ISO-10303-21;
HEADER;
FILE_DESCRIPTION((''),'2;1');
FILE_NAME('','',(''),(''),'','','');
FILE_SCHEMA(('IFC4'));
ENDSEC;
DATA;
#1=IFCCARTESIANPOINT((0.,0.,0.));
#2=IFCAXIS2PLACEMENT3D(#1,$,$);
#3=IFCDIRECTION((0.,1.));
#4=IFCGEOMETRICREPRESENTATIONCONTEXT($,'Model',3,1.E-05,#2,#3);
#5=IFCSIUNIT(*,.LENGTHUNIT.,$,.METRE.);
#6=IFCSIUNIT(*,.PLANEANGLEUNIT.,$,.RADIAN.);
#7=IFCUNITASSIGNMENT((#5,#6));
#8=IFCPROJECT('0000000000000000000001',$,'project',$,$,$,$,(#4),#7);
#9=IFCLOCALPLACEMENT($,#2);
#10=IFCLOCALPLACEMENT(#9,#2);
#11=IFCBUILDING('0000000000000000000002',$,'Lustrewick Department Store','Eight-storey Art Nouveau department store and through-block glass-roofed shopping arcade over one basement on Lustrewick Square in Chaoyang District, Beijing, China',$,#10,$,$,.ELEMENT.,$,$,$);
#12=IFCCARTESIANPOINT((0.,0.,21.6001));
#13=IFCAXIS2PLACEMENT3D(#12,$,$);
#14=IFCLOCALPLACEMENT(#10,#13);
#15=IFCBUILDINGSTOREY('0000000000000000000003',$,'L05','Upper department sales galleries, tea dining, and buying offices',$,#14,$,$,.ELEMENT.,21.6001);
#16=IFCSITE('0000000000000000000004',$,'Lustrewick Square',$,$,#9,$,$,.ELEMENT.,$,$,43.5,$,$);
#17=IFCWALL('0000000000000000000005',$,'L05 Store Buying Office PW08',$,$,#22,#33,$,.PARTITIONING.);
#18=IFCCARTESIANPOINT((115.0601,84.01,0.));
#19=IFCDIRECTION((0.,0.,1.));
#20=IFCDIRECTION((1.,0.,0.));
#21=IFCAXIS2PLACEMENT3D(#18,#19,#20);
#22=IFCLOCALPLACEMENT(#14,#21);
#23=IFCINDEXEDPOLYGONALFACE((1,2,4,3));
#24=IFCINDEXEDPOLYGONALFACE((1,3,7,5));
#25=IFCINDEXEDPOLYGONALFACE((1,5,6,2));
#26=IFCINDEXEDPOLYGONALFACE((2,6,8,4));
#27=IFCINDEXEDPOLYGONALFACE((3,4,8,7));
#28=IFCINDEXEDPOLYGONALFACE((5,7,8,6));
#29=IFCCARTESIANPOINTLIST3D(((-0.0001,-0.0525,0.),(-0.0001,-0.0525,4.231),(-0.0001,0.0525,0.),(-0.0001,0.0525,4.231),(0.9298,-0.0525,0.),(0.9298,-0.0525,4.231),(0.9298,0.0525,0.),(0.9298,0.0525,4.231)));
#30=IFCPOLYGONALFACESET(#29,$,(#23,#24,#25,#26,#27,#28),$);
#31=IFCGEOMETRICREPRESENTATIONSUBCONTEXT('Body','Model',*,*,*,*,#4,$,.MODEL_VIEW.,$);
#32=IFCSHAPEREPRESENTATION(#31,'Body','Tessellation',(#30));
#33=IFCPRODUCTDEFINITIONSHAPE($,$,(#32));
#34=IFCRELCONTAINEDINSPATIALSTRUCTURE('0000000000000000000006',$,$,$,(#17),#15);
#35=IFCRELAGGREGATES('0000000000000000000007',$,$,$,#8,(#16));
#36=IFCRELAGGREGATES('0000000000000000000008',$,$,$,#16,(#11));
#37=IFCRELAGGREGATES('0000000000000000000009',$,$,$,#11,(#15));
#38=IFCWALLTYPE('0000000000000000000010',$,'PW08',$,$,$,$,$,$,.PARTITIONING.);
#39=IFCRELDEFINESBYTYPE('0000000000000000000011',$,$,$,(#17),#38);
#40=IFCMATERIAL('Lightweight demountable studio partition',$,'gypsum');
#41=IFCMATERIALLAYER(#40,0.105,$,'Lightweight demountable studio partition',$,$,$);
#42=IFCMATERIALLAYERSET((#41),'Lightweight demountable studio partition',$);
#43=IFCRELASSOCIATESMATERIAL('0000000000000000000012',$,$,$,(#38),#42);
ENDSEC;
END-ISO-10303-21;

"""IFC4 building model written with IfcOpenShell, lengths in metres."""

from ifc_helpers import new_model, si_unit, direction, frame, frame_2d, origin, place, context, subcontext, project, spatial, rectangle, extrude, material, layer, layer_set, type_object, element, save


model = new_model("IFC4")

# Units and contexts
model_context = context("Model", 3, precision=1e-05, world=origin(), true_north=direction((0.0, 1.0)))
body_context = subcontext(model_context, "Body", "Model", "MODEL_VIEW")
ifc_project = project(units=[si_unit("LENGTHUNIT", "METRE"), si_unit("PLANEANGLEUNIT", "RADIAN")], contexts=[model_context])

# Site, building, storey
site_placement = place(None, origin())
site = spatial("IfcSite", under=ifc_project, at=site_placement, Name="Lustrewick Square", CompositionType="ELEMENT", RefElevation=43.5)
building_placement = place(site_placement, origin())
building = spatial("IfcBuilding", under=site, at=building_placement, Name="Lustrewick Department Store", Description="Eight-storey Art Nouveau department store and through-block glass-roofed shopping arcade over one basement on Lustrewick Square in Chaoyang District, Beijing, China", CompositionType="ELEMENT")
storey_placement = place(building_placement, frame((0.0, 0.0, 21.6001)))
storey = spatial("IfcBuildingStorey", under=building, at=storey_placement, Name="L05", Description="Upper department sales galleries, tea dining, and buying offices", CompositionType="ELEMENT", Elevation=21.6001)

# Wall
ifc_material_1 = material(Name="Lightweight demountable studio partition", Category="gypsum")
ifc_layer_1 = layer(ifc_material_1, 0.105, Name="Lightweight demountable studio partition")
ifc_layer_set_1 = layer_set([ifc_layer_1], Name="Lightweight demountable studio partition")
wall_type_1 = type_object("IfcWallType", Name="PW08", PredefinedType="PARTITIONING", material=ifc_layer_set_1)
wall_1_placement = place(storey_placement, frame((115.0601, 84.01, 0.0), z_axis=(0.0, 0.0, 1.0), x_axis=(1.0, 0.0, 0.0)))
element("IfcWall", 1, at=wall_1_placement, inside=storey, type_object=wall_type_1, Name="L05 Store Buying Office PW08", PredefinedType="PARTITIONING", context=body_context, shape_type="SweptSolid", body=[
    extrude(rectangle(XDim=0.9299, YDim=0.105, at=frame_2d((0.4648, 0.0))), origin(), (0.0, 0.0, 1.0), 4.231),
])

save(model, "model.ifc")
